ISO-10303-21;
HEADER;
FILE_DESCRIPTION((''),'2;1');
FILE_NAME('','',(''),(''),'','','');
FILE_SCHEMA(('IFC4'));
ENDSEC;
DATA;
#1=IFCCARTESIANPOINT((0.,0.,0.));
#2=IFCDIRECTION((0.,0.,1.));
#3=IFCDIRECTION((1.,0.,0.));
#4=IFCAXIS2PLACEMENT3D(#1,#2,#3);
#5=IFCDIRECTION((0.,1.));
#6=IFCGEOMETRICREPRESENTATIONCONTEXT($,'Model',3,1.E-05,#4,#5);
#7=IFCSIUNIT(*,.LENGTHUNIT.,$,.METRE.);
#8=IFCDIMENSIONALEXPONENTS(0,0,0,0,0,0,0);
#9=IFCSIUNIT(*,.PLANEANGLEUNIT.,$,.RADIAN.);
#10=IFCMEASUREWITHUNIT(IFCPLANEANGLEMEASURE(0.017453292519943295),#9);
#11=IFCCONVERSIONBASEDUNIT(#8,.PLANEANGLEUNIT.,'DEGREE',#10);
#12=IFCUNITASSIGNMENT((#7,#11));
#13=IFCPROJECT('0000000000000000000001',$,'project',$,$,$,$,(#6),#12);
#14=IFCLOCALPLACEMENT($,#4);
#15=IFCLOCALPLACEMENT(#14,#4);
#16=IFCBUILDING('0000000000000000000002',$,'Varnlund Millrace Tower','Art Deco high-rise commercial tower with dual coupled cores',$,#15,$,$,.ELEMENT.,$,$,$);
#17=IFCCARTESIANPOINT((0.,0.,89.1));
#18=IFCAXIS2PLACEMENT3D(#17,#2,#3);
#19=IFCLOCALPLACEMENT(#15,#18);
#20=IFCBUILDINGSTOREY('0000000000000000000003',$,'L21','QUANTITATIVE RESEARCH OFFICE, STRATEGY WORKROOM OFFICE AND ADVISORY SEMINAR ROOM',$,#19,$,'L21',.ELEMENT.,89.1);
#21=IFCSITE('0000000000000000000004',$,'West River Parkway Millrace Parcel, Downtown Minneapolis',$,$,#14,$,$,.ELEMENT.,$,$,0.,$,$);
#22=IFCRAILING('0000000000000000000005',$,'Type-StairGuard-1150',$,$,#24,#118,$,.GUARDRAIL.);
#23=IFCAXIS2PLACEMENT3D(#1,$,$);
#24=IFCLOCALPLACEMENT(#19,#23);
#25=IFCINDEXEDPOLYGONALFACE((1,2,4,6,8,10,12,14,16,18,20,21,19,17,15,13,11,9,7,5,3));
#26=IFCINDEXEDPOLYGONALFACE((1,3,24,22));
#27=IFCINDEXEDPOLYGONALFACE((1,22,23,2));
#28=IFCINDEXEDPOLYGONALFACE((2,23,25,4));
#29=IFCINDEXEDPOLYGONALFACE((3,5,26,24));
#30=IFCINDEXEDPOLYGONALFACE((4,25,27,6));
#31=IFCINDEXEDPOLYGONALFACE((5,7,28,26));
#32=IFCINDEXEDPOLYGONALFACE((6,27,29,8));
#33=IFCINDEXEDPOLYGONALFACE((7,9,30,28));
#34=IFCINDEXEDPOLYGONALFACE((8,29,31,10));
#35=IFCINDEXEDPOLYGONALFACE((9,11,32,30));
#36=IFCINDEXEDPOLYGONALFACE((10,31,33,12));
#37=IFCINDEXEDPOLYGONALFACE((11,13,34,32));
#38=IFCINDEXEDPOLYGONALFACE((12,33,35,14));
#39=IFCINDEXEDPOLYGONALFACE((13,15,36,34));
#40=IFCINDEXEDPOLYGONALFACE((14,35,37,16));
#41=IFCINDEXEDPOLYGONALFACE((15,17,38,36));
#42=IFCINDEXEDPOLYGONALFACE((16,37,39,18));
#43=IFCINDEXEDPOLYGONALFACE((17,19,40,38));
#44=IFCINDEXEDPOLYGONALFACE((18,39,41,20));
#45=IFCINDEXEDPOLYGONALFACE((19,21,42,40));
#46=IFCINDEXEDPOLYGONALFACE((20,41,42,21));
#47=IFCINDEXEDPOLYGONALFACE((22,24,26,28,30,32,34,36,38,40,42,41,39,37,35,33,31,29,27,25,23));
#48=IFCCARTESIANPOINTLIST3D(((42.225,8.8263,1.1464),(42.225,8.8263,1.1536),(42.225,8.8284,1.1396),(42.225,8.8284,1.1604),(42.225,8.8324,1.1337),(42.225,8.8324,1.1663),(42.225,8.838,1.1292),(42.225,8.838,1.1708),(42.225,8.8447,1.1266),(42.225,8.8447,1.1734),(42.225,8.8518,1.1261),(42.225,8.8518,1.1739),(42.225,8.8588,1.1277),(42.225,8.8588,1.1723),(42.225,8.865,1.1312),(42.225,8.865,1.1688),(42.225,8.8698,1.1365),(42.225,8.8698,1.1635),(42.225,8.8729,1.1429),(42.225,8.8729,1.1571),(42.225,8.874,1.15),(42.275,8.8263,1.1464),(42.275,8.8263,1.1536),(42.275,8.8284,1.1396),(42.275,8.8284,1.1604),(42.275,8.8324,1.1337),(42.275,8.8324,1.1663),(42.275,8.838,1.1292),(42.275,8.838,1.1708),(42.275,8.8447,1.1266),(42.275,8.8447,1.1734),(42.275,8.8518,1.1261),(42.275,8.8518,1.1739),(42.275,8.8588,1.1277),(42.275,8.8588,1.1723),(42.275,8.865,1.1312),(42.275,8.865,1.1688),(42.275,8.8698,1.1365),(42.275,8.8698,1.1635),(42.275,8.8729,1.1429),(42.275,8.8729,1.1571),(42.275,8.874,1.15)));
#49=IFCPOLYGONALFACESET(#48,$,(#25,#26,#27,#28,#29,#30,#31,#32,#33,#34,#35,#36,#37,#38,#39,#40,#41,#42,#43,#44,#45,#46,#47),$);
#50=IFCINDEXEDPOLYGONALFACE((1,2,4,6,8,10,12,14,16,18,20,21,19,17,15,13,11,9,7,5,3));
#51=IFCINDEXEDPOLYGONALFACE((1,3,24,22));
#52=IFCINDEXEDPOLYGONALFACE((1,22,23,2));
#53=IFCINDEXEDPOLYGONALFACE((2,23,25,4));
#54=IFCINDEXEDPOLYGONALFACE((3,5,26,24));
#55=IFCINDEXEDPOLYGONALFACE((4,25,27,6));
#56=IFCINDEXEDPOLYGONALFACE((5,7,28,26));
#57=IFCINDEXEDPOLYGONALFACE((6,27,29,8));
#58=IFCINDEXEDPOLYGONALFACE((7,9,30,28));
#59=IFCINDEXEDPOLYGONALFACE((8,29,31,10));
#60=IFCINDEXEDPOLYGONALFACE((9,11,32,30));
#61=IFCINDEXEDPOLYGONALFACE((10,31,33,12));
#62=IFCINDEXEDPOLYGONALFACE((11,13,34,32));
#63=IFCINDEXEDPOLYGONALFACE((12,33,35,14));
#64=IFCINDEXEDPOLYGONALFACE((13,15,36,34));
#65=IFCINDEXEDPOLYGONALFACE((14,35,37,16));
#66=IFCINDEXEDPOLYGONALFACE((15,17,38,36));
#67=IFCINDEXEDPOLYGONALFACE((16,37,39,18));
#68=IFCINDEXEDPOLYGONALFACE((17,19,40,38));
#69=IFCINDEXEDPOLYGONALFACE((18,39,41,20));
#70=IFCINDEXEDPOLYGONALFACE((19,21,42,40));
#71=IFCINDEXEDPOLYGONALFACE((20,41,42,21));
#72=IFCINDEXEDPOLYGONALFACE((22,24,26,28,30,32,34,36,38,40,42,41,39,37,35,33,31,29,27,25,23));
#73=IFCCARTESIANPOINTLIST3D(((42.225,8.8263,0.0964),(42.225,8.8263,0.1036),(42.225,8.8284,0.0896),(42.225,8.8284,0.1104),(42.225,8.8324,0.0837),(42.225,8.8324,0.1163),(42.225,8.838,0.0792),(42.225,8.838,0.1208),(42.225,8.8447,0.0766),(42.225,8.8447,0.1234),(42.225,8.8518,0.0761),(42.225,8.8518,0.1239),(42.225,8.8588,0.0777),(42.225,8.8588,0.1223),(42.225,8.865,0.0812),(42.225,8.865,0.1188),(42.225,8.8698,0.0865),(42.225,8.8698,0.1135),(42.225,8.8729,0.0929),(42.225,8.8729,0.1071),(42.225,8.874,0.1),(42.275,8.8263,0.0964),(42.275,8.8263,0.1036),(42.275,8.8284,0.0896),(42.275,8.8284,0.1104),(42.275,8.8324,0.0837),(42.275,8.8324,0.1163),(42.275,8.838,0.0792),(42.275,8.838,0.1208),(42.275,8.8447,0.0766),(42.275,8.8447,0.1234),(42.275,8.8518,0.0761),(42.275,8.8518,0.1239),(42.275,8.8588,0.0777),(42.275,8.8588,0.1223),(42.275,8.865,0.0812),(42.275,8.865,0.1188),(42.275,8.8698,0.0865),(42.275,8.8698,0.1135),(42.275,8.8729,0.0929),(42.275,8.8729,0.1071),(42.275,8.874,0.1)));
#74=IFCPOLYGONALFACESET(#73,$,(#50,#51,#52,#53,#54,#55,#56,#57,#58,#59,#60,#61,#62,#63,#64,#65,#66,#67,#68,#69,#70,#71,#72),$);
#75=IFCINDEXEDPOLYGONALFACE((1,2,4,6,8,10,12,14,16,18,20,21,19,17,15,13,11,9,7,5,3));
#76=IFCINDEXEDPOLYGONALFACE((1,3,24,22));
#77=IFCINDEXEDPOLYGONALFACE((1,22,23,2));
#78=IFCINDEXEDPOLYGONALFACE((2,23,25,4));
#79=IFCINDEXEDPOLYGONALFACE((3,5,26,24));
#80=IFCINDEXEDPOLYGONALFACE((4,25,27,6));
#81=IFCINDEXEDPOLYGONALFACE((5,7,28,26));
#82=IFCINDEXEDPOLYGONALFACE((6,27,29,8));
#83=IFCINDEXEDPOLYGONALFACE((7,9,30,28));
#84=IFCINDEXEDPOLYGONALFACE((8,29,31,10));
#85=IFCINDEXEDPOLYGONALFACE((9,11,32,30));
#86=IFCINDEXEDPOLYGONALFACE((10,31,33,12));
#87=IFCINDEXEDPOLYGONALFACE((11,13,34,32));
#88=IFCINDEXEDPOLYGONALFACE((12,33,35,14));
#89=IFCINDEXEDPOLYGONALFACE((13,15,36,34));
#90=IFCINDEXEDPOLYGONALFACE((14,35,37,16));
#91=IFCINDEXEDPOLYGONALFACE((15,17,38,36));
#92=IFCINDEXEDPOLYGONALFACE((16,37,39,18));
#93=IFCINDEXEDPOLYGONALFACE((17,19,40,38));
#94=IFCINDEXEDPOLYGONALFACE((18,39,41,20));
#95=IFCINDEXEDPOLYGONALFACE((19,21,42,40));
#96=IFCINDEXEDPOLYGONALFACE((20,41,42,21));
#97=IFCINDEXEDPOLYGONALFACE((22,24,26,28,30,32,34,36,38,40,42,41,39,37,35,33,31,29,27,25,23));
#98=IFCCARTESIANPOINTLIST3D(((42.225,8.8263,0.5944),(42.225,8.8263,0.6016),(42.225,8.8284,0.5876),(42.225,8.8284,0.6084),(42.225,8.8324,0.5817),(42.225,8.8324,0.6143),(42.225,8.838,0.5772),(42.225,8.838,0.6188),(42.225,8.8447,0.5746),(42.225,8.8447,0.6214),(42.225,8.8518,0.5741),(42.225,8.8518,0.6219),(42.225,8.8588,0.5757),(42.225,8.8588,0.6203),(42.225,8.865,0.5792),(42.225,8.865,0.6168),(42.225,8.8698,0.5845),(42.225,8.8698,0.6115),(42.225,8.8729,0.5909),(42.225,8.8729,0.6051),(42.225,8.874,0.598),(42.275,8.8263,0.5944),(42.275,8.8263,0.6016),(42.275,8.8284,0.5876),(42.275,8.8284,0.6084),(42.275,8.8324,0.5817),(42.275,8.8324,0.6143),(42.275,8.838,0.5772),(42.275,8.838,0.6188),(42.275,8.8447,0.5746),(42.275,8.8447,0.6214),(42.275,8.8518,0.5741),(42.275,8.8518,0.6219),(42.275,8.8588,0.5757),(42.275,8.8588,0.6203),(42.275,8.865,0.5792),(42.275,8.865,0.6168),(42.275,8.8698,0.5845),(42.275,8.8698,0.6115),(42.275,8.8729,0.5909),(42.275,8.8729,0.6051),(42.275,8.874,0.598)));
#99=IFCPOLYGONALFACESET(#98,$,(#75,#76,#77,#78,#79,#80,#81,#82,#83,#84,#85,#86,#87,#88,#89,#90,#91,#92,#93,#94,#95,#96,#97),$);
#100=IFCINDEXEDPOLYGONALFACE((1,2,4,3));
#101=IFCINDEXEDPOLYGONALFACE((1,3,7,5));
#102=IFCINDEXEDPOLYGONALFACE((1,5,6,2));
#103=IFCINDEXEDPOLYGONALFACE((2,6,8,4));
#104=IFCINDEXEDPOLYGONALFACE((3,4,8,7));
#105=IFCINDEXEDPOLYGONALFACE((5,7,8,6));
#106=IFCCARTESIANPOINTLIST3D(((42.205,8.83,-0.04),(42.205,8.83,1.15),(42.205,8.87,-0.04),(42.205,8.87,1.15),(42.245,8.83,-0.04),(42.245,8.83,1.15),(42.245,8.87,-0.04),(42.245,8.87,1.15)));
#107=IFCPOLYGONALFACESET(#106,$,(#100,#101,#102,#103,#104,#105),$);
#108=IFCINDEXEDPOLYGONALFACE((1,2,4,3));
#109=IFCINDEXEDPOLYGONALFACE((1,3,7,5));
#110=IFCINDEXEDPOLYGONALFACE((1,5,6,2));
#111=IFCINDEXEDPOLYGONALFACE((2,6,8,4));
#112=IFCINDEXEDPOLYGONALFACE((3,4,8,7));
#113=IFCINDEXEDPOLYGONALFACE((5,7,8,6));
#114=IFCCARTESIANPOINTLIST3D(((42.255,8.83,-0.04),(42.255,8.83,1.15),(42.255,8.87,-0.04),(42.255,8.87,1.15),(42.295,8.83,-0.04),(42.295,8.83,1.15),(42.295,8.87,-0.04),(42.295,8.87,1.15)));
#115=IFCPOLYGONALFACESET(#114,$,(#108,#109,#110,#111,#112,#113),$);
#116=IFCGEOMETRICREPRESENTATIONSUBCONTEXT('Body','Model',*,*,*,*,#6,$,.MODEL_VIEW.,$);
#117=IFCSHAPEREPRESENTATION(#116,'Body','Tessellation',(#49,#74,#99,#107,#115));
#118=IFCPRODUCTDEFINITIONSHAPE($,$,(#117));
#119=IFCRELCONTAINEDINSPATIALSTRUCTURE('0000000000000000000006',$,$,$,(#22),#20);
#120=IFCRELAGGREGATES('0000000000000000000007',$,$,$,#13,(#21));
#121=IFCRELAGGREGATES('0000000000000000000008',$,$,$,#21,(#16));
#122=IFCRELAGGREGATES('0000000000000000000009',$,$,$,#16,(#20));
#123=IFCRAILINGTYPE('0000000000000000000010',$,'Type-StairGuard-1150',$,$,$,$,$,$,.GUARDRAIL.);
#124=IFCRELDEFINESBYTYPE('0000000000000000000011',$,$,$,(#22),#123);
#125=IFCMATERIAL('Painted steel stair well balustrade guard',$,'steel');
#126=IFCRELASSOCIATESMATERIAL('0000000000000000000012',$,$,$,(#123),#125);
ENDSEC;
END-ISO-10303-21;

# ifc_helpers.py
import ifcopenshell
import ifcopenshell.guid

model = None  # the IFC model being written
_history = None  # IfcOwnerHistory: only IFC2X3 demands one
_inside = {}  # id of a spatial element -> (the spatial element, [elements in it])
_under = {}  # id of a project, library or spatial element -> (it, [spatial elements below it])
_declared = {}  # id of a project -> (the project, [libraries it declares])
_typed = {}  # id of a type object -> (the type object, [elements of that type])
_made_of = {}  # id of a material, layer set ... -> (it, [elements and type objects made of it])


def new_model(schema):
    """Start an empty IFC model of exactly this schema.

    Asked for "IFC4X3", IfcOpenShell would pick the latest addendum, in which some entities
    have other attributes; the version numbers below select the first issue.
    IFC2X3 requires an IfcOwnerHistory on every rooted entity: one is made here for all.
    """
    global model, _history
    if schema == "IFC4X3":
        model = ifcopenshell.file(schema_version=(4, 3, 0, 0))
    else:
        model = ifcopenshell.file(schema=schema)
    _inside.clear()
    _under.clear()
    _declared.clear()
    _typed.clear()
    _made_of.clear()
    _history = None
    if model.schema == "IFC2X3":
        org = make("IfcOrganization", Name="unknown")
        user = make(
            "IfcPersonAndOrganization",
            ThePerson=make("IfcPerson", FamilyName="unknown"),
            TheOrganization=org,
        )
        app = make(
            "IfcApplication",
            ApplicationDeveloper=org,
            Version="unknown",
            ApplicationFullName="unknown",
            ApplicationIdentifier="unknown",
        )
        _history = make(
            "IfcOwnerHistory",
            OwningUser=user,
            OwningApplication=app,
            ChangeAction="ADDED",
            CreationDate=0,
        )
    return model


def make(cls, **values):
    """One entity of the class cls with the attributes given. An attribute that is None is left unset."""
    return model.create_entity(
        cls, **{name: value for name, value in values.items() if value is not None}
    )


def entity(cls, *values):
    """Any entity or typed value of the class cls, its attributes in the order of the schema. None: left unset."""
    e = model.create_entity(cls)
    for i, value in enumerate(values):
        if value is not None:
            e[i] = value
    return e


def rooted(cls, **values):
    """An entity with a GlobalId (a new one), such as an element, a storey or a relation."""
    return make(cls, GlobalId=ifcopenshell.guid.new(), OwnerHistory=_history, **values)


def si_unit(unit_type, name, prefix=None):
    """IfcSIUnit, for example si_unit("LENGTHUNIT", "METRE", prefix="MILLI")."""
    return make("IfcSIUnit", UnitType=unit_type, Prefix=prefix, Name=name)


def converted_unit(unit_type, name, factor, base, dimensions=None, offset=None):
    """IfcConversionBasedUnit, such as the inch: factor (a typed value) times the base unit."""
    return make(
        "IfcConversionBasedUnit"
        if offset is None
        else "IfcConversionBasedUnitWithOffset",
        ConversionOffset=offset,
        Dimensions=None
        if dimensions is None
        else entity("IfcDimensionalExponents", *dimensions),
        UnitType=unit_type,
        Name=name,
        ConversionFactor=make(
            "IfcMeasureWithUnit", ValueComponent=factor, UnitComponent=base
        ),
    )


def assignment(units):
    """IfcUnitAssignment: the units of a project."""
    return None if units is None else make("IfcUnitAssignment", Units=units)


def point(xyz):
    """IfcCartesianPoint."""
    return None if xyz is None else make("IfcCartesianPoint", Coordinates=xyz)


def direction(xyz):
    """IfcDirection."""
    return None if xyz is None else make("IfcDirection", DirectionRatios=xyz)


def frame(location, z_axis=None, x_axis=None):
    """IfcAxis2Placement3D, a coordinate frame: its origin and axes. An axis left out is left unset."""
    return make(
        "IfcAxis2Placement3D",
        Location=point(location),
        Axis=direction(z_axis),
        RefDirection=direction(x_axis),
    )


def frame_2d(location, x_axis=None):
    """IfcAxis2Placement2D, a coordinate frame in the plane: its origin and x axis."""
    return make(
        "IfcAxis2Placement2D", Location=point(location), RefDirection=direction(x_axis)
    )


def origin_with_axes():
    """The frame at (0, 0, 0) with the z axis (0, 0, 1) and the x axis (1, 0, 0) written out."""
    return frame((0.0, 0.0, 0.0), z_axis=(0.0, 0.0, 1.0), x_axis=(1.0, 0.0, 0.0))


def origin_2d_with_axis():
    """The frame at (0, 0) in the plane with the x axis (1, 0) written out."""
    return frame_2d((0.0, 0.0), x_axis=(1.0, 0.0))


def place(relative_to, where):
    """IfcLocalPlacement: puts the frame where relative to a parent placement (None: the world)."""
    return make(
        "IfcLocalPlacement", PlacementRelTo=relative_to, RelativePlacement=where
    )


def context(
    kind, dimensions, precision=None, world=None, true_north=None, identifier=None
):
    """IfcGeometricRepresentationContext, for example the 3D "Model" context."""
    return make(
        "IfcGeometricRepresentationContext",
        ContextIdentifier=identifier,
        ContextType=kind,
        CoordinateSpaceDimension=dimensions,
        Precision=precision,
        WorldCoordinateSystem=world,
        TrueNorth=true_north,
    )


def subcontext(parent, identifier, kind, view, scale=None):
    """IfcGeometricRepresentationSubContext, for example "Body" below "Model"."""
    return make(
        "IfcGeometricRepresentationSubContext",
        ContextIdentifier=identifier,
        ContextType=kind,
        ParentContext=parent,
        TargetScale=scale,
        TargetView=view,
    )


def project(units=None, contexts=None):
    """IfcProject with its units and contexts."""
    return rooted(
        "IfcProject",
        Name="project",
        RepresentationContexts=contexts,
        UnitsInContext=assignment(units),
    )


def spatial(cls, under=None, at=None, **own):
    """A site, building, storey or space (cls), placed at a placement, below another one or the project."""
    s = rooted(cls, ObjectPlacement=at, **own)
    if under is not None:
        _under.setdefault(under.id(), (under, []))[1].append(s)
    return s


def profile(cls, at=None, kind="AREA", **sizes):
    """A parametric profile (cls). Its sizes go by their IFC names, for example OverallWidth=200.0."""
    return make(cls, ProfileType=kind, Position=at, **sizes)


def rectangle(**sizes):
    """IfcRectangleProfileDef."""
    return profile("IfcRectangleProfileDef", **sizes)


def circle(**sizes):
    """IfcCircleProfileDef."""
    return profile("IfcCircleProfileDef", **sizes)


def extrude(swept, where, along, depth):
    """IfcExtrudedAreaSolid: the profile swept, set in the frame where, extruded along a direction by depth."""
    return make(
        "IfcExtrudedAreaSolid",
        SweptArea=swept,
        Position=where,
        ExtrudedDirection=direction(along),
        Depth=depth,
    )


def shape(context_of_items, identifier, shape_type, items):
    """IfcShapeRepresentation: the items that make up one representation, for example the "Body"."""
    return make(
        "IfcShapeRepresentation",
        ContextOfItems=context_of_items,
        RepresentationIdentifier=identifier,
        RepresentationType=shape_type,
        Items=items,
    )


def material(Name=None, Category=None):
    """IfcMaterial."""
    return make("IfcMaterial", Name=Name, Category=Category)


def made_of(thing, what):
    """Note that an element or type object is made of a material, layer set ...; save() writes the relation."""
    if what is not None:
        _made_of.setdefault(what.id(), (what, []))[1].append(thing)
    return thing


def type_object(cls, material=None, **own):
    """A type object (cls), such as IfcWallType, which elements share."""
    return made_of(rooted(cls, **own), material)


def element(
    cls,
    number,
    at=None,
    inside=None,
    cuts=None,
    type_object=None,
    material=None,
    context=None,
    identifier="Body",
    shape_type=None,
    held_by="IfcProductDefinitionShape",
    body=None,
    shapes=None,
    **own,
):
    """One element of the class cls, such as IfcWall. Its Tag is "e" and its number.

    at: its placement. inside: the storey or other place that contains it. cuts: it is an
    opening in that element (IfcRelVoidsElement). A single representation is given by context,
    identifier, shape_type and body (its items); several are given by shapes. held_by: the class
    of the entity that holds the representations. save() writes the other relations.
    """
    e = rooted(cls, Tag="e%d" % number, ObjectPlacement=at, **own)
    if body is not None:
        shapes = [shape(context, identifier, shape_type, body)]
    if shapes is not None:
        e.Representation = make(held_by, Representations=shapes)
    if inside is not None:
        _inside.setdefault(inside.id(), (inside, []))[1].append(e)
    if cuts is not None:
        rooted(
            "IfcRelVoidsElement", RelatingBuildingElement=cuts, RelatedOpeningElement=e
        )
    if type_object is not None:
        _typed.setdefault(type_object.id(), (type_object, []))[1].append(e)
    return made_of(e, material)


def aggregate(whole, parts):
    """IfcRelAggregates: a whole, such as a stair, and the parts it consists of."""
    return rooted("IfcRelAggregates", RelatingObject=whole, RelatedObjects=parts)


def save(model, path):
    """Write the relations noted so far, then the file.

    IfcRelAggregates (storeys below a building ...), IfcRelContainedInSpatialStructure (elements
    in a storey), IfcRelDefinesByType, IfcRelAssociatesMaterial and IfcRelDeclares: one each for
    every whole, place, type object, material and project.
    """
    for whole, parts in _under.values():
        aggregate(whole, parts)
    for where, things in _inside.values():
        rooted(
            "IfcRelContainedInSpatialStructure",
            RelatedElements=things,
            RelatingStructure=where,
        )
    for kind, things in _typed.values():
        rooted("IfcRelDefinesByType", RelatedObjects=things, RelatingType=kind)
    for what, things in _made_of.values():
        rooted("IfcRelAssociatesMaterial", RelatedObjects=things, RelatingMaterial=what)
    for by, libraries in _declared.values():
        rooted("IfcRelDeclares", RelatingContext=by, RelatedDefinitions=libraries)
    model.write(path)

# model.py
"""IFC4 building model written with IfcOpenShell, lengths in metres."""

from ifc_helpers import new_model, entity, si_unit, converted_unit, direction, frame, origin_with_axes, origin_2d_with_axis, place, context, subcontext, project, spatial, rectangle, circle, extrude, material, type_object, element, save


model = new_model("IFC4")

# Units and contexts
model_context = context("Model", 3, precision=1e-05, world=origin_with_axes(), true_north=direction((0.0, 1.0)))
body_context = subcontext(model_context, "Body", "Model", "MODEL_VIEW")
ifc_project = project(units=[si_unit("LENGTHUNIT", "METRE"), converted_unit("PLANEANGLEUNIT", "DEGREE", entity("IfcPlaneAngleMeasure", 0.017453292519943295), si_unit("PLANEANGLEUNIT", "RADIAN"), dimensions=[0, 0, 0, 0, 0, 0, 0])], contexts=[model_context])

# Site, building, storey
site_placement = place(None, origin_with_axes())
site = spatial("IfcSite", under=ifc_project, at=site_placement, Name="West River Parkway Millrace Parcel, Downtown Minneapolis", CompositionType="ELEMENT", RefElevation=0.0)
building_placement = place(site_placement, origin_with_axes())
building = spatial("IfcBuilding", under=site, at=building_placement, Name="Varnlund Millrace Tower", Description="Art Deco high-rise commercial tower with dual coupled cores", CompositionType="ELEMENT")
storey_placement = place(building_placement, frame((0.0, 0.0, 89.1), z_axis=(0.0, 0.0, 1.0), x_axis=(1.0, 0.0, 0.0)))
storey = spatial("IfcBuildingStorey", under=building, at=storey_placement, Name="L21", Description="QUANTITATIVE RESEARCH OFFICE, STRATEGY WORKROOM OFFICE AND ADVISORY SEMINAR ROOM", LongName="L21", CompositionType="ELEMENT", Elevation=89.1)

# Railing
ifc_material_1 = material(Name="Painted steel stair well balustrade guard", Category="steel")
railing_type_1 = type_object("IfcRailingType", Name="Type-StairGuard-1150", PredefinedType="GUARDRAIL", material=ifc_material_1)
railing_1_placement = place(storey_placement, frame((0.0, 0.0, -89.1), z_axis=(0.0, 0.0, 1.0), x_axis=(1.0, 0.0, 0.0)))
element("IfcRailing", 1, at=railing_1_placement, inside=storey, type_object=railing_type_1, Name="Type-StairGuard-1150", PredefinedType="GUARDRAIL", context=body_context, shape_type="SweptSolid", body=[
    extrude(circle(Radius=0.024, at=origin_2d_with_axis()), frame((42.225, 8.85, 90.25), z_axis=(1.0, 0.0, 0.0), x_axis=(0.0, 1.0, 0.0)), (0.0, 0.0, 1.0), 0.05),
    extrude(circle(Radius=0.024, at=origin_2d_with_axis()), frame((42.225, 8.85, 89.2), z_axis=(1.0, 0.0, 0.0), x_axis=(0.0, 1.0, 0.0)), (0.0, 0.0, 1.0), 0.05),
    extrude(circle(Radius=0.024, at=origin_2d_with_axis()), frame((42.225, 8.85, 89.698), z_axis=(1.0, 0.0, 0.0), x_axis=(0.0, 1.0, 0.0)), (0.0, 0.0, 1.0), 0.05),
    extrude(rectangle(XDim=0.04, YDim=0.04, at=origin_2d_with_axis()), frame((42.225, 8.85, 89.06), z_axis=(0.0, 0.0, 1.0), x_axis=(1.0, 0.0, 0.0)), (0.0, 0.0, 1.0), 1.19),
    extrude(rectangle(XDim=0.04, YDim=0.04, at=origin_2d_with_axis()), frame((42.275, 8.85, 89.06), z_axis=(0.0, 0.0, 1.0), x_axis=(1.0, 0.0, 0.0)), (0.0, 0.0, 1.0), 1.19),
])

save(model, "model.ifc")
